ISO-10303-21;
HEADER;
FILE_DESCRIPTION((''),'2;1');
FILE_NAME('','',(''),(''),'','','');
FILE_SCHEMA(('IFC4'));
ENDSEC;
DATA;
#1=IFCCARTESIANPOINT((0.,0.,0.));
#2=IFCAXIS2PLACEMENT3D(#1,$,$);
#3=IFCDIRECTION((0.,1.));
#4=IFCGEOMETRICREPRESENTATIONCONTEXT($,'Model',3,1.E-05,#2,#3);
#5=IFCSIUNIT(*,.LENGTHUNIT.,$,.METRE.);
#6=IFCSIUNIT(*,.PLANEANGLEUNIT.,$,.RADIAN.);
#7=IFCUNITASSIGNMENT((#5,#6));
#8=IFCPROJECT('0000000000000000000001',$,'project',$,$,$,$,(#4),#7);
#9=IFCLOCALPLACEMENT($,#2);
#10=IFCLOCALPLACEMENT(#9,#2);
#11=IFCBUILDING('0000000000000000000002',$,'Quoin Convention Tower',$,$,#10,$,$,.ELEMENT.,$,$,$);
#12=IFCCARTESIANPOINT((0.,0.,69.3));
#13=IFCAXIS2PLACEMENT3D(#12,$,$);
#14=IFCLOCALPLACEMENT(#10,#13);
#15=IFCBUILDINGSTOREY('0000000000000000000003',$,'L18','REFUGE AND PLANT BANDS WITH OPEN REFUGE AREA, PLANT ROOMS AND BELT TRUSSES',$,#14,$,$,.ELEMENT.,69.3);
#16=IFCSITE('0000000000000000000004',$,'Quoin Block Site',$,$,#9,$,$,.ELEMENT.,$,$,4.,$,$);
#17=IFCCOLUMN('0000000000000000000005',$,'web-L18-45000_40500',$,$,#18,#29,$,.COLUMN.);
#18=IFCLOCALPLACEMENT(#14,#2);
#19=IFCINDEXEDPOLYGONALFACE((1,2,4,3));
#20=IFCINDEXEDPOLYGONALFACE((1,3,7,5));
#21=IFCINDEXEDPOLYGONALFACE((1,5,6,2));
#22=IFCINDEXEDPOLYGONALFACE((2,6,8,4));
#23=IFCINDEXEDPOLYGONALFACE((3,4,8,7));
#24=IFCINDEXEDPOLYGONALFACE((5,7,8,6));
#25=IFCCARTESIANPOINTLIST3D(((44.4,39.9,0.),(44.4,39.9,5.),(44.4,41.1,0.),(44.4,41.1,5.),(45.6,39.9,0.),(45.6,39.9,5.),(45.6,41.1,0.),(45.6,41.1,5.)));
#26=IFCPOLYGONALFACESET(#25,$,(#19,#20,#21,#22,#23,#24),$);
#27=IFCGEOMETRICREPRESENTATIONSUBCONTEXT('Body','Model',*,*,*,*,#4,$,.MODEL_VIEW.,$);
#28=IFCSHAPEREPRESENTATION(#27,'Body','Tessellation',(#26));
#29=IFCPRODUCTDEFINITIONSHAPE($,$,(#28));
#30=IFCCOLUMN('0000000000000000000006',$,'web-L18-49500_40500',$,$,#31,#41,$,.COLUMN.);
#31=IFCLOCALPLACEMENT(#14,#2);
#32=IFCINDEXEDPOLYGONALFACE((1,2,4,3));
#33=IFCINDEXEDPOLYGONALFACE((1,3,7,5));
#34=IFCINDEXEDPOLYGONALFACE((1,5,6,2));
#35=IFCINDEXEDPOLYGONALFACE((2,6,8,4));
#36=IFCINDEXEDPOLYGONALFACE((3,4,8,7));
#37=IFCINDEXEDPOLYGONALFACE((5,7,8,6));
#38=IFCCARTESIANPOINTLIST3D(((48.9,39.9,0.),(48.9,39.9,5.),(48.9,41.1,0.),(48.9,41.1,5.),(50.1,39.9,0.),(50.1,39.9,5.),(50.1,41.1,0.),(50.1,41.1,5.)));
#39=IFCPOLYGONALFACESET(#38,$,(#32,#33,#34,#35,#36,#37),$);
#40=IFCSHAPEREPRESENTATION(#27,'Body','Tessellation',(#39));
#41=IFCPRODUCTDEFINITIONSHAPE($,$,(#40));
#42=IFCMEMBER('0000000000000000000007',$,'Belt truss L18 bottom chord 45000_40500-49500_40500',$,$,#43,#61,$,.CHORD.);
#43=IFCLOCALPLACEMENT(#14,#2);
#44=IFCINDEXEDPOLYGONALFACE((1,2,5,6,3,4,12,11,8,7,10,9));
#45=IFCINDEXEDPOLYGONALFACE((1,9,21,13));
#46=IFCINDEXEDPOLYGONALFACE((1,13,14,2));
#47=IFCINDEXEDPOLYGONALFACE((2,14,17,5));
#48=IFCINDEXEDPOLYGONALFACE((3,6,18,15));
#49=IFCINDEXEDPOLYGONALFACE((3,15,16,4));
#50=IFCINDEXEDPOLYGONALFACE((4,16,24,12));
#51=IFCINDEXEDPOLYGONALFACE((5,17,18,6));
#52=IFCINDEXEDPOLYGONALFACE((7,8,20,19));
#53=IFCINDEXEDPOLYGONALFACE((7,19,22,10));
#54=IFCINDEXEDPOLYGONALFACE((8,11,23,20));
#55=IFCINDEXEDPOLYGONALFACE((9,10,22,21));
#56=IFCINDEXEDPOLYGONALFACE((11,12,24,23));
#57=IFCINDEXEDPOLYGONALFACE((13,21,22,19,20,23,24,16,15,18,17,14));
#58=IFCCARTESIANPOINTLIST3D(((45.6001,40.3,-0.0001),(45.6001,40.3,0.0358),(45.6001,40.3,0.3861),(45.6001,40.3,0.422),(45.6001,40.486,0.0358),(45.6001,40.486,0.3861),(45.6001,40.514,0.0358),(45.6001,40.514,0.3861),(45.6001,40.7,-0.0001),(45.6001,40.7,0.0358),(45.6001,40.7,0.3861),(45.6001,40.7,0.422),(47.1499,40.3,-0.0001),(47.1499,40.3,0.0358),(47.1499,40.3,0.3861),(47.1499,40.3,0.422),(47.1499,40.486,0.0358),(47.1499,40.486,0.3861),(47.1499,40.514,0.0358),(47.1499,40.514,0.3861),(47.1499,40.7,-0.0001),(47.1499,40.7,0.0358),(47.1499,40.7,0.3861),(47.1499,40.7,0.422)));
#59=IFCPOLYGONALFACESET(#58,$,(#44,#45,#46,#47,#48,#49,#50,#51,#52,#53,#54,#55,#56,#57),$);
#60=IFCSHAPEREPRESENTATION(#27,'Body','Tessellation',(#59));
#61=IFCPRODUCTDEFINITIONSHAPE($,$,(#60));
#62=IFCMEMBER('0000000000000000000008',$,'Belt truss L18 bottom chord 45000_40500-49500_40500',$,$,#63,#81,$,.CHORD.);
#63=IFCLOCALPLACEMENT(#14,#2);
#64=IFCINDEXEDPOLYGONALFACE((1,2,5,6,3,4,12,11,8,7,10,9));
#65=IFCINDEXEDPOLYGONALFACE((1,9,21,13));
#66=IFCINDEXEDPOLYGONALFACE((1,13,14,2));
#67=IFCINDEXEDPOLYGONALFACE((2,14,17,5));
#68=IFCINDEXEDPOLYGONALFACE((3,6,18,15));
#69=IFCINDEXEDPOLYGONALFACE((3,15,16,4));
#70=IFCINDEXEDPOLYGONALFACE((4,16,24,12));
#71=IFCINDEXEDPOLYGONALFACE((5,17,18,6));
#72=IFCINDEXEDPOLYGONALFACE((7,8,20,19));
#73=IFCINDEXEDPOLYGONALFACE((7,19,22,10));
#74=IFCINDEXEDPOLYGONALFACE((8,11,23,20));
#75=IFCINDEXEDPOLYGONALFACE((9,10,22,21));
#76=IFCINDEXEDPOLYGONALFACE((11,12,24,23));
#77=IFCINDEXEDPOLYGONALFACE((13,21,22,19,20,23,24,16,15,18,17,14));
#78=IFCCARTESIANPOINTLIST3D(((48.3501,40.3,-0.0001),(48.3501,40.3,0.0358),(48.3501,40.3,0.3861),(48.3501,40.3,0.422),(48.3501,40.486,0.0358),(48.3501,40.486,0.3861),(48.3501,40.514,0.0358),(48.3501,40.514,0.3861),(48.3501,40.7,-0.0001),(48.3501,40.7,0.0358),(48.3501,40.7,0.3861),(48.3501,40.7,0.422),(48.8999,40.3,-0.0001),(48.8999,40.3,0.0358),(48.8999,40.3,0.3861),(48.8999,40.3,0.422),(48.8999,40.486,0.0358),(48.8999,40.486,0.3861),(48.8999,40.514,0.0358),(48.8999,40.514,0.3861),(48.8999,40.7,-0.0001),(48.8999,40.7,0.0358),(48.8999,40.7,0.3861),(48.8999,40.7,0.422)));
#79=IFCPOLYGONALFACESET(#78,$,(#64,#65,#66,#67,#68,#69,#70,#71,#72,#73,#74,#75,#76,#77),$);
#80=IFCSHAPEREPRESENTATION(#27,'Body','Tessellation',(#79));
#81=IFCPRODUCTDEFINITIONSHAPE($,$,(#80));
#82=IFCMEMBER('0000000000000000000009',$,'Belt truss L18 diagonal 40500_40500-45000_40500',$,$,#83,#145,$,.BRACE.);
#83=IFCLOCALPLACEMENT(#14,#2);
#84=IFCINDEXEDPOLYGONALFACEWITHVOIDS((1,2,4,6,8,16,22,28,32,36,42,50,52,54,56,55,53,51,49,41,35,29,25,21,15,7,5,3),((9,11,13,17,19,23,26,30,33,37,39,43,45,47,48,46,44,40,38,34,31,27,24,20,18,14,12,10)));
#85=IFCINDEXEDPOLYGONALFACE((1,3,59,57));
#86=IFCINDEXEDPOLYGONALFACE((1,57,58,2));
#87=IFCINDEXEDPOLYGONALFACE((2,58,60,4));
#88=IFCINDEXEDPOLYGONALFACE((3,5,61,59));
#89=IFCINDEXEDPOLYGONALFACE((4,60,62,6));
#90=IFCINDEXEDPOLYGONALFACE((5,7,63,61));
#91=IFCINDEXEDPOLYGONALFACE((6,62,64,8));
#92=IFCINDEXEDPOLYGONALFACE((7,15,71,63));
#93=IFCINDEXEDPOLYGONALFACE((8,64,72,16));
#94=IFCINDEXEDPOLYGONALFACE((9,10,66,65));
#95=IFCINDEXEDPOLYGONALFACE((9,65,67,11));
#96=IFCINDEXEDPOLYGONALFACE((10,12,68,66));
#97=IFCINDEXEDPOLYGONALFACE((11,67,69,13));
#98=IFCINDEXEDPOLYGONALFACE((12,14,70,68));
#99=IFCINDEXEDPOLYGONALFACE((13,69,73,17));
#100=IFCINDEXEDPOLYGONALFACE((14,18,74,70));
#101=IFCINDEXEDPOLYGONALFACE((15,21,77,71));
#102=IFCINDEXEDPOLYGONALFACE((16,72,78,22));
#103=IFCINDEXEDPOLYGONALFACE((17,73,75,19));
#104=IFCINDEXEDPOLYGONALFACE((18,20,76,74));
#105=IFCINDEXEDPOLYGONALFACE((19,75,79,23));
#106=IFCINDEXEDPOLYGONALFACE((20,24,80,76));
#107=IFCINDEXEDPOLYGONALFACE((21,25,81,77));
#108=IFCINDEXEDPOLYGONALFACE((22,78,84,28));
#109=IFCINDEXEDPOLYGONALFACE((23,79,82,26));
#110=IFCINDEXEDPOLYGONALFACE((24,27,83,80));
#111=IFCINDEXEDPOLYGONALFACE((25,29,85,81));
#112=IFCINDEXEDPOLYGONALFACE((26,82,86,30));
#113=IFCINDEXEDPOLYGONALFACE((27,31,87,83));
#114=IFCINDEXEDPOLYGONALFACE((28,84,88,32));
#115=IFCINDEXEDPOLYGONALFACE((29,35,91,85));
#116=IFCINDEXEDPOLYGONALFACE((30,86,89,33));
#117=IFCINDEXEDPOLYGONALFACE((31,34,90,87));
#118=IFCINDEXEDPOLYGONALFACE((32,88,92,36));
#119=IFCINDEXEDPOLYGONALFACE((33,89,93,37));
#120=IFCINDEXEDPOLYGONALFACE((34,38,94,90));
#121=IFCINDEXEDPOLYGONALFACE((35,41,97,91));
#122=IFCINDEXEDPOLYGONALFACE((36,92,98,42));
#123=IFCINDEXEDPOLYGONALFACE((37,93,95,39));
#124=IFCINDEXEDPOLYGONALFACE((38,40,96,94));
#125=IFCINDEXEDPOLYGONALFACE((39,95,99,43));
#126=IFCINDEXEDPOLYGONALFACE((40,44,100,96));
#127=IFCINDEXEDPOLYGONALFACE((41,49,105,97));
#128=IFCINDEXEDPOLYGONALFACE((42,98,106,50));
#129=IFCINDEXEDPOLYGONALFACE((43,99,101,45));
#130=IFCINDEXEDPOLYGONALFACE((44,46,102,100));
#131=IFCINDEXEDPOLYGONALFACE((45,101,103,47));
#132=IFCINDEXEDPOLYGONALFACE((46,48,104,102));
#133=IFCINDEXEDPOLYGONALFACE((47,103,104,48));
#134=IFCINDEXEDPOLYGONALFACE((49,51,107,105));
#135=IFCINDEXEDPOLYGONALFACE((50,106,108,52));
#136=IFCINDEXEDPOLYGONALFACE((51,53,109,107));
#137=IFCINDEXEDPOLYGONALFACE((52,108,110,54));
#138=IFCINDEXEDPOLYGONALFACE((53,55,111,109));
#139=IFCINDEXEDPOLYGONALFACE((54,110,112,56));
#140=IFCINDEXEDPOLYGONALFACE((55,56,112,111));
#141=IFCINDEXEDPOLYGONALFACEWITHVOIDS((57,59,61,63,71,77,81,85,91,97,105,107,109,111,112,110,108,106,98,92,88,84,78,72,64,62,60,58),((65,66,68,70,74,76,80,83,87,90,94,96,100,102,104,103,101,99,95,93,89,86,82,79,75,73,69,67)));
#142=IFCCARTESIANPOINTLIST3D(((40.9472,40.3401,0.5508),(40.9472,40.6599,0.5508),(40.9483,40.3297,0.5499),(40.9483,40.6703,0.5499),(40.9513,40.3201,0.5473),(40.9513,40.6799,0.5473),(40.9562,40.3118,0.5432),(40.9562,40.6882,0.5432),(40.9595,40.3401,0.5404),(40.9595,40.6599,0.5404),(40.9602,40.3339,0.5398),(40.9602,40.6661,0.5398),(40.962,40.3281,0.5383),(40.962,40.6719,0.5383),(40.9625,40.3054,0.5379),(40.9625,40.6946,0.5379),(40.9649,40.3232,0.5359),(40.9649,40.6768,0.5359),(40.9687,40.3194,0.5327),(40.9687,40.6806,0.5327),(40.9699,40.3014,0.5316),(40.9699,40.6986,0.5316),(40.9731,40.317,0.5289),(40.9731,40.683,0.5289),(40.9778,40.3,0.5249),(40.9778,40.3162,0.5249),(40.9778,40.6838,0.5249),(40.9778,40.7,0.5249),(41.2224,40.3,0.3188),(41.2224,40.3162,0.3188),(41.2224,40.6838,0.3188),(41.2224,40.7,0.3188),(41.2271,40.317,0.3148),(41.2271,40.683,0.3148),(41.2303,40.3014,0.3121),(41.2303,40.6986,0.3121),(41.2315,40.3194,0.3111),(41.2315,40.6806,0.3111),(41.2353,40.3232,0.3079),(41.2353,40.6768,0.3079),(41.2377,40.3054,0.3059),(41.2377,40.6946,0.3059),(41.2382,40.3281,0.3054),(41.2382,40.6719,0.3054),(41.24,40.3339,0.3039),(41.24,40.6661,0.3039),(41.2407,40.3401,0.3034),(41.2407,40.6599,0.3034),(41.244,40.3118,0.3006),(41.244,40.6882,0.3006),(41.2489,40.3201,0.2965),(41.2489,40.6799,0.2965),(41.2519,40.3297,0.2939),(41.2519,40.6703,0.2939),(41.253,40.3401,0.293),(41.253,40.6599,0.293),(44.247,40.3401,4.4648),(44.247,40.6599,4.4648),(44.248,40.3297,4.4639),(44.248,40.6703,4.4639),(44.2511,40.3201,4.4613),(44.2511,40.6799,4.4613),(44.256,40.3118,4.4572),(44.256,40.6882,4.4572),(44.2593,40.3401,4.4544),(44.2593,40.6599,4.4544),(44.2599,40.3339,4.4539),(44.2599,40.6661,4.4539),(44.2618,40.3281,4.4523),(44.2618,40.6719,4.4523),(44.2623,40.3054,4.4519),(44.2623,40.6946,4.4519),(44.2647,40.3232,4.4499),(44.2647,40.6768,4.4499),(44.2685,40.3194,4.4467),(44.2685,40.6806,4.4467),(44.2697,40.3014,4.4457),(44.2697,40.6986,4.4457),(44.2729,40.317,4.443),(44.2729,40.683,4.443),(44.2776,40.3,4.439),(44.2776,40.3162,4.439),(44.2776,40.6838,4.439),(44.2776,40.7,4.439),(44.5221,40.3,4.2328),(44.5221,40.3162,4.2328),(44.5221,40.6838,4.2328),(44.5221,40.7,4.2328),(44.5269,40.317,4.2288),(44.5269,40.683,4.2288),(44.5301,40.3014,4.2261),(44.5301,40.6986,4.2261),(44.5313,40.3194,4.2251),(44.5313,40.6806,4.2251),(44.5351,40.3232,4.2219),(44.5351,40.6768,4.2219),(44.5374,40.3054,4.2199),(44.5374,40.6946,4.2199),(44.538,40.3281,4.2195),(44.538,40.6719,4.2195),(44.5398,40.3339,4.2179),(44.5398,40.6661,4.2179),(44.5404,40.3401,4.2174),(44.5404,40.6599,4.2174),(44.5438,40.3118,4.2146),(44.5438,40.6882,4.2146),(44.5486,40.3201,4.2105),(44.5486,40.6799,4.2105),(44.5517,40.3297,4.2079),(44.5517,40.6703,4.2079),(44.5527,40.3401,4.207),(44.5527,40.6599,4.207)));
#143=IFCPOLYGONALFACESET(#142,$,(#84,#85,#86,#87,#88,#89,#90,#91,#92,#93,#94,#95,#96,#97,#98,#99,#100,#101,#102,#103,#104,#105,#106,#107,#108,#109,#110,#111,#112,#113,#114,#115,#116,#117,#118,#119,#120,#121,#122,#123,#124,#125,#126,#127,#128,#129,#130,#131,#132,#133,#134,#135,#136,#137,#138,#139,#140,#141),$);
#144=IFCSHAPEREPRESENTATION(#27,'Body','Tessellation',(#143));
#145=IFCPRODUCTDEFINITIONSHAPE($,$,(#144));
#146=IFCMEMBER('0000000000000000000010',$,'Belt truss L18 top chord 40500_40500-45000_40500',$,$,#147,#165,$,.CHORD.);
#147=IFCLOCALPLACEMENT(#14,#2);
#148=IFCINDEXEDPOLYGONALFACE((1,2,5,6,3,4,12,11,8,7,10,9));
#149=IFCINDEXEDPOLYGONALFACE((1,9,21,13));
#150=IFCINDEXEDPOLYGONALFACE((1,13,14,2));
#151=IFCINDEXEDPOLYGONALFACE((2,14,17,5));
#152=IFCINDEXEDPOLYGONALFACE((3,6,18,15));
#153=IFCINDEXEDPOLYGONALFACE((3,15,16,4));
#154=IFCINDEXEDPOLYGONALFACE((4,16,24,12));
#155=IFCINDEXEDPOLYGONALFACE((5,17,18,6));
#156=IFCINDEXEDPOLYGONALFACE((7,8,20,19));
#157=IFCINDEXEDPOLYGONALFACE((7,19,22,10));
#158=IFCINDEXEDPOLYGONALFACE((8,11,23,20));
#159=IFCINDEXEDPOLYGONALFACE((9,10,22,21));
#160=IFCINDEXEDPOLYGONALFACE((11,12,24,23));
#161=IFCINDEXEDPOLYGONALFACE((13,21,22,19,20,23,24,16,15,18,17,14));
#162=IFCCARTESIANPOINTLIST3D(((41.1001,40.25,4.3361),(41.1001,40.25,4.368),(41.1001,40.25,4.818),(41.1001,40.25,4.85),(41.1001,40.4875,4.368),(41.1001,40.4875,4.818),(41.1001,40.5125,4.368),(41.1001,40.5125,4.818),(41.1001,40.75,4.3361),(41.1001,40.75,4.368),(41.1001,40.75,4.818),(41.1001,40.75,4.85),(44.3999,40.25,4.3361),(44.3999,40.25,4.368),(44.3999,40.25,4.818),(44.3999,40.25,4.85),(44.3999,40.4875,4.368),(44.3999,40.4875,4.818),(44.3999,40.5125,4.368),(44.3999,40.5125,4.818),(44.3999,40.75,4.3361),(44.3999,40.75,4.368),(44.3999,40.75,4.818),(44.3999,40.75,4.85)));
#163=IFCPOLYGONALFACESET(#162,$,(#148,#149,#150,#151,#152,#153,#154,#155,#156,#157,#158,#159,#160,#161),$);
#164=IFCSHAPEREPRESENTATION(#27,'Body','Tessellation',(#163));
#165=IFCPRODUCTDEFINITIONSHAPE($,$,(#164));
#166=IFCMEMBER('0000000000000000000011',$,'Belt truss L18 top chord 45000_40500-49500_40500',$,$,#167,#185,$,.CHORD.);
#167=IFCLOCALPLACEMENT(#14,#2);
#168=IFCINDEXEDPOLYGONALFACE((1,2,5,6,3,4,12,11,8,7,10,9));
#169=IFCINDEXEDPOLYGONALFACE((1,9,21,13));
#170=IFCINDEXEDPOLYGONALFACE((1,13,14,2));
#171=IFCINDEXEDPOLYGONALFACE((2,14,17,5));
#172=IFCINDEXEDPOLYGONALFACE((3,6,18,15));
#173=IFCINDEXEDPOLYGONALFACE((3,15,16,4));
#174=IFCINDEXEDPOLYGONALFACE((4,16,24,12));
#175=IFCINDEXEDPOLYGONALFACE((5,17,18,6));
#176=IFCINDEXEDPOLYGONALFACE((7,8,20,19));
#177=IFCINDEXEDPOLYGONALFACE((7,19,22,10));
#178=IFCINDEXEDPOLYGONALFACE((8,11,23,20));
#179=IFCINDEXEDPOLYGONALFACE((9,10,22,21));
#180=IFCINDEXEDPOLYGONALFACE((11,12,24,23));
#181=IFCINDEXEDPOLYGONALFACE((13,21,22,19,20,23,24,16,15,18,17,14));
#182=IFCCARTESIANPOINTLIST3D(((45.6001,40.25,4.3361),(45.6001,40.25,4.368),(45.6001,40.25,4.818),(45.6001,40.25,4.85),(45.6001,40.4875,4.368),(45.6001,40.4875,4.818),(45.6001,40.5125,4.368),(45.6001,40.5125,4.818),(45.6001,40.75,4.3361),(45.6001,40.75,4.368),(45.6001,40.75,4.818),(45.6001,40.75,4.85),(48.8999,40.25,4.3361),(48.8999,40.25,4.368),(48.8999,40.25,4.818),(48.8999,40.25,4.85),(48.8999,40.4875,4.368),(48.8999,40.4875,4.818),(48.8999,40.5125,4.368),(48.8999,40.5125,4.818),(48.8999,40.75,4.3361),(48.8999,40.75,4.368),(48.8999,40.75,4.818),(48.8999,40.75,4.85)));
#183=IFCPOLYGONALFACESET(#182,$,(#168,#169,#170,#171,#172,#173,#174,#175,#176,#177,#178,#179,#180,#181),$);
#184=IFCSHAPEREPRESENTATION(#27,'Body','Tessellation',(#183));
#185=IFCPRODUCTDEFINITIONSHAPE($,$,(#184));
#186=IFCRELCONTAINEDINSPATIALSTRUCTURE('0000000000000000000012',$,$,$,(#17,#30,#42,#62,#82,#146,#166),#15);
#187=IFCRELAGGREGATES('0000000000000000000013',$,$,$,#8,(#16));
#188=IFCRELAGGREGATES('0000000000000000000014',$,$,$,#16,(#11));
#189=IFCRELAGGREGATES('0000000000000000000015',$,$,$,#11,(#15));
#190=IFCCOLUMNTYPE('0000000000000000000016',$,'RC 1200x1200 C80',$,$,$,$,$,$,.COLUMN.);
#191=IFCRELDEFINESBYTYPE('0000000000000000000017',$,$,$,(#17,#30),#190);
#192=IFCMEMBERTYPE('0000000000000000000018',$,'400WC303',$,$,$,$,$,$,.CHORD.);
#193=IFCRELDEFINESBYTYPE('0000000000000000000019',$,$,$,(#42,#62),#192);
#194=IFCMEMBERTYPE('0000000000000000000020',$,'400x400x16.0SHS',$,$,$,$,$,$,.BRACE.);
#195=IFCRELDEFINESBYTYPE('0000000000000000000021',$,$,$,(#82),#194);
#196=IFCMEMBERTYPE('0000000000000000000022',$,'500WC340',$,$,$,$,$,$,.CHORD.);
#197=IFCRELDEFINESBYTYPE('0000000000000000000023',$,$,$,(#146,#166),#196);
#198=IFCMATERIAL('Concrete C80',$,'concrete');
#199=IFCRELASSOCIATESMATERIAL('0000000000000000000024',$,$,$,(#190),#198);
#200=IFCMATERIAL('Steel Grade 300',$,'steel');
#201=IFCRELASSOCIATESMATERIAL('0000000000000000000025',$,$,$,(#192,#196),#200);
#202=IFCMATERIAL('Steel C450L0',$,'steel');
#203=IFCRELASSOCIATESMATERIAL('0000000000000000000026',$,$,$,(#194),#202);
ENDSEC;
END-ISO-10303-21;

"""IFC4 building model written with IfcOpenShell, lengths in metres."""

from ifc_helpers import new_model, si_unit, direction, frame, origin, origin_2d, place, context, subcontext, project, spatial, rectangle, hollow_rectangle, i_section, extrude, material, material_profile, profile_set, type_object, element, save


model = new_model("IFC4")

# Units and contexts
model_context = context("Model", 3, precision=1e-05, world=origin(), true_north=direction((0.0, 1.0)))
body_context = subcontext(model_context, "Body", "Model", "MODEL_VIEW")
ifc_project = project(units=[si_unit("LENGTHUNIT", "METRE"), si_unit("PLANEANGLEUNIT", "RADIAN")], contexts=[model_context])

# Site, building, storey
site_placement = place(None, origin())
site = spatial("IfcSite", under=ifc_project, at=site_placement, Name="Quoin Block Site", CompositionType="ELEMENT", RefElevation=4.0)
building_placement = place(site_placement, origin())
building = spatial("IfcBuilding", under=site, at=building_placement, Name="Quoin Convention Tower", CompositionType="ELEMENT")
storey_placement = place(building_placement, frame((0.0, 0.0, 69.3)))
storey = spatial("IfcBuildingStorey", under=building, at=storey_placement, Name="L18", Description="REFUGE AND PLANT BANDS WITH OPEN REFUGE AREA, PLANT ROOMS AND BELT TRUSSES", CompositionType="ELEMENT", Elevation=69.3)

# Columns
ifc_material_1 = material(Name="Concrete C80", Category="concrete")
ifc_material_profile_1 = material_profile(ifc_material_1, rectangle(XDim=1.2, YDim=1.2, at=origin_2d()), Name="RC 1200x1200")
ifc_profile_set_1 = profile_set([ifc_material_profile_1], Name="Concrete C80")
column_type = type_object("IfcColumnType", Name="RC 1200x1200 C80", PredefinedType="COLUMN", material=ifc_profile_set_1)
for number, where, z_axis, x_axis, name in (
    (1, (45.0, 40.5, 0.0), (0.0, 0.0, 1.0), (1.0, 0.0, 0.0), "web-L18-45000_40500"),
    (2, (49.5, 40.5, 0.0), (0.0, 0.0, 1.0), (1.0, 0.0, 0.0), "web-L18-49500_40500"),
):
    element("IfcColumn", number, at=place(storey_placement, frame(where, z_axis=z_axis, x_axis=x_axis)), inside=storey, type_object=column_type, Name=name, PredefinedType="COLUMN", context=body_context, shape_type="SweptSolid", body=[
        extrude(rectangle(XDim=1.2, YDim=1.2, at=origin_2d()), origin(), (0.0, 0.0, 1.0), 5.0),
    ])

# Members
ifc_material_2 = material(Name="Steel Grade 300", Category="steel")
ifc_material_profile_2 = material_profile(ifc_material_2, i_section(OverallWidth=0.3999, OverallDepth=0.4221, WebThickness=0.0281, FlangeThickness=0.0359, at=origin_2d()), Name="400WC303")
ifc_profile_set_2 = profile_set([ifc_material_profile_2], Name="Steel Grade 300")
member_type_1 = type_object("IfcMemberType", Name="400WC303", PredefinedType="CHORD", material=ifc_profile_set_2)
member_1_placement = place(storey_placement, frame((45.6001, 40.5, 0.2109), z_axis=(1.0, 0.0, 0.0), x_axis=(0.0, 1.0, 0.0)))
element("IfcMember", 3, at=member_1_placement, inside=storey, type_object=member_type_1, Name="Belt truss L18 bottom chord 45000_40500-49500_40500", PredefinedType="CHORD", context=body_context, shape_type="SweptSolid", body=[
    extrude(i_section(OverallWidth=0.3999, OverallDepth=0.4221, WebThickness=0.0281, FlangeThickness=0.0359, at=origin_2d()), origin(), (0.0, 0.0, 1.0), 1.5498),
])
member_2_placement = place(storey_placement, frame((48.3501, 40.5, 0.2109), z_axis=(1.0, 0.0, 0.0), x_axis=(0.0, 1.0, 0.0)))
element("IfcMember", 4, at=member_2_placement, inside=storey, type_object=member_type_1, Name="Belt truss L18 bottom chord 45000_40500-49500_40500", PredefinedType="CHORD", context=body_context, shape_type="SweptSolid", body=[
    extrude(i_section(OverallWidth=0.3999, OverallDepth=0.4221, WebThickness=0.0281, FlangeThickness=0.0359, at=origin_2d()), origin(), (0.0, 0.0, 1.0), 0.5498),
])
ifc_material_3 = material(Name="Steel C450L0", Category="steel")
ifc_material_profile_3 = material_profile(ifc_material_3, hollow_rectangle(XDim=0.3999, YDim=0.3999, WallThickness=0.0161, InnerFilletRadius=0.0239, OuterFilletRadius=0.04, at=origin_2d()), Name="400x400x16.0SHS")
ifc_profile_set_3 = profile_set([ifc_material_profile_3], Name="Steel C450L0")
member_type_2 = type_object("IfcMemberType", Name="400x400x16.0SHS", PredefinedType="BRACE", material=ifc_profile_set_3)
member_3_placement = place(storey_placement, frame((41.1001, 40.5, 0.4219), z_axis=(0.644564, 0.0, 0.76455), x_axis=(0.0, 1.0, 0.0)))
element("IfcMember", 5, at=member_3_placement, inside=storey, type_object=member_type_2, Name="Belt truss L18 diagonal 40500_40500-45000_40500", PredefinedType="BRACE", context=body_context, shape_type="SweptSolid", body=[
    extrude(hollow_rectangle(XDim=0.3999, YDim=0.3999, WallThickness=0.0161, InnerFilletRadius=0.0239, OuterFilletRadius=0.04, at=origin_2d()), origin(), (0.0, 0.0, 1.0), 5.1194),
])
ifc_material_profile_4 = material_profile(ifc_material_2, i_section(OverallWidth=0.5, OverallDepth=0.5139, WebThickness=0.0249, FlangeThickness=0.032, at=origin_2d()), Name="500WC340")
ifc_profile_set_4 = profile_set([ifc_material_profile_4], Name="Steel Grade 300")
member_type_3 = type_object("IfcMemberType", Name="500WC340", PredefinedType="CHORD", material=ifc_profile_set_4)
for number, where, z_axis, x_axis, name in (
    (6, (41.1001, 40.5, 4.593), (1.0, 0.0, 0.0), (0.0, 1.0, 0.0), "Belt truss L18 top chord 40500_40500-45000_40500"),
    (7, (45.6001, 40.5, 4.593), (1.0, 0.0, 0.0), (0.0, 1.0, 0.0), "Belt truss L18 top chord 45000_40500-49500_40500"),
):
    element("IfcMember", number, at=place(storey_placement, frame(where, z_axis=z_axis, x_axis=x_axis)), inside=storey, type_object=member_type_3, Name=name, PredefinedType="CHORD", context=body_context, shape_type="SweptSolid", body=[
        extrude(i_section(OverallWidth=0.5, OverallDepth=0.5139, WebThickness=0.0249, FlangeThickness=0.032, at=origin_2d()), origin(), (0.0, 0.0, 1.0), 3.2998),
    ])

save(model, "model.ifc")
